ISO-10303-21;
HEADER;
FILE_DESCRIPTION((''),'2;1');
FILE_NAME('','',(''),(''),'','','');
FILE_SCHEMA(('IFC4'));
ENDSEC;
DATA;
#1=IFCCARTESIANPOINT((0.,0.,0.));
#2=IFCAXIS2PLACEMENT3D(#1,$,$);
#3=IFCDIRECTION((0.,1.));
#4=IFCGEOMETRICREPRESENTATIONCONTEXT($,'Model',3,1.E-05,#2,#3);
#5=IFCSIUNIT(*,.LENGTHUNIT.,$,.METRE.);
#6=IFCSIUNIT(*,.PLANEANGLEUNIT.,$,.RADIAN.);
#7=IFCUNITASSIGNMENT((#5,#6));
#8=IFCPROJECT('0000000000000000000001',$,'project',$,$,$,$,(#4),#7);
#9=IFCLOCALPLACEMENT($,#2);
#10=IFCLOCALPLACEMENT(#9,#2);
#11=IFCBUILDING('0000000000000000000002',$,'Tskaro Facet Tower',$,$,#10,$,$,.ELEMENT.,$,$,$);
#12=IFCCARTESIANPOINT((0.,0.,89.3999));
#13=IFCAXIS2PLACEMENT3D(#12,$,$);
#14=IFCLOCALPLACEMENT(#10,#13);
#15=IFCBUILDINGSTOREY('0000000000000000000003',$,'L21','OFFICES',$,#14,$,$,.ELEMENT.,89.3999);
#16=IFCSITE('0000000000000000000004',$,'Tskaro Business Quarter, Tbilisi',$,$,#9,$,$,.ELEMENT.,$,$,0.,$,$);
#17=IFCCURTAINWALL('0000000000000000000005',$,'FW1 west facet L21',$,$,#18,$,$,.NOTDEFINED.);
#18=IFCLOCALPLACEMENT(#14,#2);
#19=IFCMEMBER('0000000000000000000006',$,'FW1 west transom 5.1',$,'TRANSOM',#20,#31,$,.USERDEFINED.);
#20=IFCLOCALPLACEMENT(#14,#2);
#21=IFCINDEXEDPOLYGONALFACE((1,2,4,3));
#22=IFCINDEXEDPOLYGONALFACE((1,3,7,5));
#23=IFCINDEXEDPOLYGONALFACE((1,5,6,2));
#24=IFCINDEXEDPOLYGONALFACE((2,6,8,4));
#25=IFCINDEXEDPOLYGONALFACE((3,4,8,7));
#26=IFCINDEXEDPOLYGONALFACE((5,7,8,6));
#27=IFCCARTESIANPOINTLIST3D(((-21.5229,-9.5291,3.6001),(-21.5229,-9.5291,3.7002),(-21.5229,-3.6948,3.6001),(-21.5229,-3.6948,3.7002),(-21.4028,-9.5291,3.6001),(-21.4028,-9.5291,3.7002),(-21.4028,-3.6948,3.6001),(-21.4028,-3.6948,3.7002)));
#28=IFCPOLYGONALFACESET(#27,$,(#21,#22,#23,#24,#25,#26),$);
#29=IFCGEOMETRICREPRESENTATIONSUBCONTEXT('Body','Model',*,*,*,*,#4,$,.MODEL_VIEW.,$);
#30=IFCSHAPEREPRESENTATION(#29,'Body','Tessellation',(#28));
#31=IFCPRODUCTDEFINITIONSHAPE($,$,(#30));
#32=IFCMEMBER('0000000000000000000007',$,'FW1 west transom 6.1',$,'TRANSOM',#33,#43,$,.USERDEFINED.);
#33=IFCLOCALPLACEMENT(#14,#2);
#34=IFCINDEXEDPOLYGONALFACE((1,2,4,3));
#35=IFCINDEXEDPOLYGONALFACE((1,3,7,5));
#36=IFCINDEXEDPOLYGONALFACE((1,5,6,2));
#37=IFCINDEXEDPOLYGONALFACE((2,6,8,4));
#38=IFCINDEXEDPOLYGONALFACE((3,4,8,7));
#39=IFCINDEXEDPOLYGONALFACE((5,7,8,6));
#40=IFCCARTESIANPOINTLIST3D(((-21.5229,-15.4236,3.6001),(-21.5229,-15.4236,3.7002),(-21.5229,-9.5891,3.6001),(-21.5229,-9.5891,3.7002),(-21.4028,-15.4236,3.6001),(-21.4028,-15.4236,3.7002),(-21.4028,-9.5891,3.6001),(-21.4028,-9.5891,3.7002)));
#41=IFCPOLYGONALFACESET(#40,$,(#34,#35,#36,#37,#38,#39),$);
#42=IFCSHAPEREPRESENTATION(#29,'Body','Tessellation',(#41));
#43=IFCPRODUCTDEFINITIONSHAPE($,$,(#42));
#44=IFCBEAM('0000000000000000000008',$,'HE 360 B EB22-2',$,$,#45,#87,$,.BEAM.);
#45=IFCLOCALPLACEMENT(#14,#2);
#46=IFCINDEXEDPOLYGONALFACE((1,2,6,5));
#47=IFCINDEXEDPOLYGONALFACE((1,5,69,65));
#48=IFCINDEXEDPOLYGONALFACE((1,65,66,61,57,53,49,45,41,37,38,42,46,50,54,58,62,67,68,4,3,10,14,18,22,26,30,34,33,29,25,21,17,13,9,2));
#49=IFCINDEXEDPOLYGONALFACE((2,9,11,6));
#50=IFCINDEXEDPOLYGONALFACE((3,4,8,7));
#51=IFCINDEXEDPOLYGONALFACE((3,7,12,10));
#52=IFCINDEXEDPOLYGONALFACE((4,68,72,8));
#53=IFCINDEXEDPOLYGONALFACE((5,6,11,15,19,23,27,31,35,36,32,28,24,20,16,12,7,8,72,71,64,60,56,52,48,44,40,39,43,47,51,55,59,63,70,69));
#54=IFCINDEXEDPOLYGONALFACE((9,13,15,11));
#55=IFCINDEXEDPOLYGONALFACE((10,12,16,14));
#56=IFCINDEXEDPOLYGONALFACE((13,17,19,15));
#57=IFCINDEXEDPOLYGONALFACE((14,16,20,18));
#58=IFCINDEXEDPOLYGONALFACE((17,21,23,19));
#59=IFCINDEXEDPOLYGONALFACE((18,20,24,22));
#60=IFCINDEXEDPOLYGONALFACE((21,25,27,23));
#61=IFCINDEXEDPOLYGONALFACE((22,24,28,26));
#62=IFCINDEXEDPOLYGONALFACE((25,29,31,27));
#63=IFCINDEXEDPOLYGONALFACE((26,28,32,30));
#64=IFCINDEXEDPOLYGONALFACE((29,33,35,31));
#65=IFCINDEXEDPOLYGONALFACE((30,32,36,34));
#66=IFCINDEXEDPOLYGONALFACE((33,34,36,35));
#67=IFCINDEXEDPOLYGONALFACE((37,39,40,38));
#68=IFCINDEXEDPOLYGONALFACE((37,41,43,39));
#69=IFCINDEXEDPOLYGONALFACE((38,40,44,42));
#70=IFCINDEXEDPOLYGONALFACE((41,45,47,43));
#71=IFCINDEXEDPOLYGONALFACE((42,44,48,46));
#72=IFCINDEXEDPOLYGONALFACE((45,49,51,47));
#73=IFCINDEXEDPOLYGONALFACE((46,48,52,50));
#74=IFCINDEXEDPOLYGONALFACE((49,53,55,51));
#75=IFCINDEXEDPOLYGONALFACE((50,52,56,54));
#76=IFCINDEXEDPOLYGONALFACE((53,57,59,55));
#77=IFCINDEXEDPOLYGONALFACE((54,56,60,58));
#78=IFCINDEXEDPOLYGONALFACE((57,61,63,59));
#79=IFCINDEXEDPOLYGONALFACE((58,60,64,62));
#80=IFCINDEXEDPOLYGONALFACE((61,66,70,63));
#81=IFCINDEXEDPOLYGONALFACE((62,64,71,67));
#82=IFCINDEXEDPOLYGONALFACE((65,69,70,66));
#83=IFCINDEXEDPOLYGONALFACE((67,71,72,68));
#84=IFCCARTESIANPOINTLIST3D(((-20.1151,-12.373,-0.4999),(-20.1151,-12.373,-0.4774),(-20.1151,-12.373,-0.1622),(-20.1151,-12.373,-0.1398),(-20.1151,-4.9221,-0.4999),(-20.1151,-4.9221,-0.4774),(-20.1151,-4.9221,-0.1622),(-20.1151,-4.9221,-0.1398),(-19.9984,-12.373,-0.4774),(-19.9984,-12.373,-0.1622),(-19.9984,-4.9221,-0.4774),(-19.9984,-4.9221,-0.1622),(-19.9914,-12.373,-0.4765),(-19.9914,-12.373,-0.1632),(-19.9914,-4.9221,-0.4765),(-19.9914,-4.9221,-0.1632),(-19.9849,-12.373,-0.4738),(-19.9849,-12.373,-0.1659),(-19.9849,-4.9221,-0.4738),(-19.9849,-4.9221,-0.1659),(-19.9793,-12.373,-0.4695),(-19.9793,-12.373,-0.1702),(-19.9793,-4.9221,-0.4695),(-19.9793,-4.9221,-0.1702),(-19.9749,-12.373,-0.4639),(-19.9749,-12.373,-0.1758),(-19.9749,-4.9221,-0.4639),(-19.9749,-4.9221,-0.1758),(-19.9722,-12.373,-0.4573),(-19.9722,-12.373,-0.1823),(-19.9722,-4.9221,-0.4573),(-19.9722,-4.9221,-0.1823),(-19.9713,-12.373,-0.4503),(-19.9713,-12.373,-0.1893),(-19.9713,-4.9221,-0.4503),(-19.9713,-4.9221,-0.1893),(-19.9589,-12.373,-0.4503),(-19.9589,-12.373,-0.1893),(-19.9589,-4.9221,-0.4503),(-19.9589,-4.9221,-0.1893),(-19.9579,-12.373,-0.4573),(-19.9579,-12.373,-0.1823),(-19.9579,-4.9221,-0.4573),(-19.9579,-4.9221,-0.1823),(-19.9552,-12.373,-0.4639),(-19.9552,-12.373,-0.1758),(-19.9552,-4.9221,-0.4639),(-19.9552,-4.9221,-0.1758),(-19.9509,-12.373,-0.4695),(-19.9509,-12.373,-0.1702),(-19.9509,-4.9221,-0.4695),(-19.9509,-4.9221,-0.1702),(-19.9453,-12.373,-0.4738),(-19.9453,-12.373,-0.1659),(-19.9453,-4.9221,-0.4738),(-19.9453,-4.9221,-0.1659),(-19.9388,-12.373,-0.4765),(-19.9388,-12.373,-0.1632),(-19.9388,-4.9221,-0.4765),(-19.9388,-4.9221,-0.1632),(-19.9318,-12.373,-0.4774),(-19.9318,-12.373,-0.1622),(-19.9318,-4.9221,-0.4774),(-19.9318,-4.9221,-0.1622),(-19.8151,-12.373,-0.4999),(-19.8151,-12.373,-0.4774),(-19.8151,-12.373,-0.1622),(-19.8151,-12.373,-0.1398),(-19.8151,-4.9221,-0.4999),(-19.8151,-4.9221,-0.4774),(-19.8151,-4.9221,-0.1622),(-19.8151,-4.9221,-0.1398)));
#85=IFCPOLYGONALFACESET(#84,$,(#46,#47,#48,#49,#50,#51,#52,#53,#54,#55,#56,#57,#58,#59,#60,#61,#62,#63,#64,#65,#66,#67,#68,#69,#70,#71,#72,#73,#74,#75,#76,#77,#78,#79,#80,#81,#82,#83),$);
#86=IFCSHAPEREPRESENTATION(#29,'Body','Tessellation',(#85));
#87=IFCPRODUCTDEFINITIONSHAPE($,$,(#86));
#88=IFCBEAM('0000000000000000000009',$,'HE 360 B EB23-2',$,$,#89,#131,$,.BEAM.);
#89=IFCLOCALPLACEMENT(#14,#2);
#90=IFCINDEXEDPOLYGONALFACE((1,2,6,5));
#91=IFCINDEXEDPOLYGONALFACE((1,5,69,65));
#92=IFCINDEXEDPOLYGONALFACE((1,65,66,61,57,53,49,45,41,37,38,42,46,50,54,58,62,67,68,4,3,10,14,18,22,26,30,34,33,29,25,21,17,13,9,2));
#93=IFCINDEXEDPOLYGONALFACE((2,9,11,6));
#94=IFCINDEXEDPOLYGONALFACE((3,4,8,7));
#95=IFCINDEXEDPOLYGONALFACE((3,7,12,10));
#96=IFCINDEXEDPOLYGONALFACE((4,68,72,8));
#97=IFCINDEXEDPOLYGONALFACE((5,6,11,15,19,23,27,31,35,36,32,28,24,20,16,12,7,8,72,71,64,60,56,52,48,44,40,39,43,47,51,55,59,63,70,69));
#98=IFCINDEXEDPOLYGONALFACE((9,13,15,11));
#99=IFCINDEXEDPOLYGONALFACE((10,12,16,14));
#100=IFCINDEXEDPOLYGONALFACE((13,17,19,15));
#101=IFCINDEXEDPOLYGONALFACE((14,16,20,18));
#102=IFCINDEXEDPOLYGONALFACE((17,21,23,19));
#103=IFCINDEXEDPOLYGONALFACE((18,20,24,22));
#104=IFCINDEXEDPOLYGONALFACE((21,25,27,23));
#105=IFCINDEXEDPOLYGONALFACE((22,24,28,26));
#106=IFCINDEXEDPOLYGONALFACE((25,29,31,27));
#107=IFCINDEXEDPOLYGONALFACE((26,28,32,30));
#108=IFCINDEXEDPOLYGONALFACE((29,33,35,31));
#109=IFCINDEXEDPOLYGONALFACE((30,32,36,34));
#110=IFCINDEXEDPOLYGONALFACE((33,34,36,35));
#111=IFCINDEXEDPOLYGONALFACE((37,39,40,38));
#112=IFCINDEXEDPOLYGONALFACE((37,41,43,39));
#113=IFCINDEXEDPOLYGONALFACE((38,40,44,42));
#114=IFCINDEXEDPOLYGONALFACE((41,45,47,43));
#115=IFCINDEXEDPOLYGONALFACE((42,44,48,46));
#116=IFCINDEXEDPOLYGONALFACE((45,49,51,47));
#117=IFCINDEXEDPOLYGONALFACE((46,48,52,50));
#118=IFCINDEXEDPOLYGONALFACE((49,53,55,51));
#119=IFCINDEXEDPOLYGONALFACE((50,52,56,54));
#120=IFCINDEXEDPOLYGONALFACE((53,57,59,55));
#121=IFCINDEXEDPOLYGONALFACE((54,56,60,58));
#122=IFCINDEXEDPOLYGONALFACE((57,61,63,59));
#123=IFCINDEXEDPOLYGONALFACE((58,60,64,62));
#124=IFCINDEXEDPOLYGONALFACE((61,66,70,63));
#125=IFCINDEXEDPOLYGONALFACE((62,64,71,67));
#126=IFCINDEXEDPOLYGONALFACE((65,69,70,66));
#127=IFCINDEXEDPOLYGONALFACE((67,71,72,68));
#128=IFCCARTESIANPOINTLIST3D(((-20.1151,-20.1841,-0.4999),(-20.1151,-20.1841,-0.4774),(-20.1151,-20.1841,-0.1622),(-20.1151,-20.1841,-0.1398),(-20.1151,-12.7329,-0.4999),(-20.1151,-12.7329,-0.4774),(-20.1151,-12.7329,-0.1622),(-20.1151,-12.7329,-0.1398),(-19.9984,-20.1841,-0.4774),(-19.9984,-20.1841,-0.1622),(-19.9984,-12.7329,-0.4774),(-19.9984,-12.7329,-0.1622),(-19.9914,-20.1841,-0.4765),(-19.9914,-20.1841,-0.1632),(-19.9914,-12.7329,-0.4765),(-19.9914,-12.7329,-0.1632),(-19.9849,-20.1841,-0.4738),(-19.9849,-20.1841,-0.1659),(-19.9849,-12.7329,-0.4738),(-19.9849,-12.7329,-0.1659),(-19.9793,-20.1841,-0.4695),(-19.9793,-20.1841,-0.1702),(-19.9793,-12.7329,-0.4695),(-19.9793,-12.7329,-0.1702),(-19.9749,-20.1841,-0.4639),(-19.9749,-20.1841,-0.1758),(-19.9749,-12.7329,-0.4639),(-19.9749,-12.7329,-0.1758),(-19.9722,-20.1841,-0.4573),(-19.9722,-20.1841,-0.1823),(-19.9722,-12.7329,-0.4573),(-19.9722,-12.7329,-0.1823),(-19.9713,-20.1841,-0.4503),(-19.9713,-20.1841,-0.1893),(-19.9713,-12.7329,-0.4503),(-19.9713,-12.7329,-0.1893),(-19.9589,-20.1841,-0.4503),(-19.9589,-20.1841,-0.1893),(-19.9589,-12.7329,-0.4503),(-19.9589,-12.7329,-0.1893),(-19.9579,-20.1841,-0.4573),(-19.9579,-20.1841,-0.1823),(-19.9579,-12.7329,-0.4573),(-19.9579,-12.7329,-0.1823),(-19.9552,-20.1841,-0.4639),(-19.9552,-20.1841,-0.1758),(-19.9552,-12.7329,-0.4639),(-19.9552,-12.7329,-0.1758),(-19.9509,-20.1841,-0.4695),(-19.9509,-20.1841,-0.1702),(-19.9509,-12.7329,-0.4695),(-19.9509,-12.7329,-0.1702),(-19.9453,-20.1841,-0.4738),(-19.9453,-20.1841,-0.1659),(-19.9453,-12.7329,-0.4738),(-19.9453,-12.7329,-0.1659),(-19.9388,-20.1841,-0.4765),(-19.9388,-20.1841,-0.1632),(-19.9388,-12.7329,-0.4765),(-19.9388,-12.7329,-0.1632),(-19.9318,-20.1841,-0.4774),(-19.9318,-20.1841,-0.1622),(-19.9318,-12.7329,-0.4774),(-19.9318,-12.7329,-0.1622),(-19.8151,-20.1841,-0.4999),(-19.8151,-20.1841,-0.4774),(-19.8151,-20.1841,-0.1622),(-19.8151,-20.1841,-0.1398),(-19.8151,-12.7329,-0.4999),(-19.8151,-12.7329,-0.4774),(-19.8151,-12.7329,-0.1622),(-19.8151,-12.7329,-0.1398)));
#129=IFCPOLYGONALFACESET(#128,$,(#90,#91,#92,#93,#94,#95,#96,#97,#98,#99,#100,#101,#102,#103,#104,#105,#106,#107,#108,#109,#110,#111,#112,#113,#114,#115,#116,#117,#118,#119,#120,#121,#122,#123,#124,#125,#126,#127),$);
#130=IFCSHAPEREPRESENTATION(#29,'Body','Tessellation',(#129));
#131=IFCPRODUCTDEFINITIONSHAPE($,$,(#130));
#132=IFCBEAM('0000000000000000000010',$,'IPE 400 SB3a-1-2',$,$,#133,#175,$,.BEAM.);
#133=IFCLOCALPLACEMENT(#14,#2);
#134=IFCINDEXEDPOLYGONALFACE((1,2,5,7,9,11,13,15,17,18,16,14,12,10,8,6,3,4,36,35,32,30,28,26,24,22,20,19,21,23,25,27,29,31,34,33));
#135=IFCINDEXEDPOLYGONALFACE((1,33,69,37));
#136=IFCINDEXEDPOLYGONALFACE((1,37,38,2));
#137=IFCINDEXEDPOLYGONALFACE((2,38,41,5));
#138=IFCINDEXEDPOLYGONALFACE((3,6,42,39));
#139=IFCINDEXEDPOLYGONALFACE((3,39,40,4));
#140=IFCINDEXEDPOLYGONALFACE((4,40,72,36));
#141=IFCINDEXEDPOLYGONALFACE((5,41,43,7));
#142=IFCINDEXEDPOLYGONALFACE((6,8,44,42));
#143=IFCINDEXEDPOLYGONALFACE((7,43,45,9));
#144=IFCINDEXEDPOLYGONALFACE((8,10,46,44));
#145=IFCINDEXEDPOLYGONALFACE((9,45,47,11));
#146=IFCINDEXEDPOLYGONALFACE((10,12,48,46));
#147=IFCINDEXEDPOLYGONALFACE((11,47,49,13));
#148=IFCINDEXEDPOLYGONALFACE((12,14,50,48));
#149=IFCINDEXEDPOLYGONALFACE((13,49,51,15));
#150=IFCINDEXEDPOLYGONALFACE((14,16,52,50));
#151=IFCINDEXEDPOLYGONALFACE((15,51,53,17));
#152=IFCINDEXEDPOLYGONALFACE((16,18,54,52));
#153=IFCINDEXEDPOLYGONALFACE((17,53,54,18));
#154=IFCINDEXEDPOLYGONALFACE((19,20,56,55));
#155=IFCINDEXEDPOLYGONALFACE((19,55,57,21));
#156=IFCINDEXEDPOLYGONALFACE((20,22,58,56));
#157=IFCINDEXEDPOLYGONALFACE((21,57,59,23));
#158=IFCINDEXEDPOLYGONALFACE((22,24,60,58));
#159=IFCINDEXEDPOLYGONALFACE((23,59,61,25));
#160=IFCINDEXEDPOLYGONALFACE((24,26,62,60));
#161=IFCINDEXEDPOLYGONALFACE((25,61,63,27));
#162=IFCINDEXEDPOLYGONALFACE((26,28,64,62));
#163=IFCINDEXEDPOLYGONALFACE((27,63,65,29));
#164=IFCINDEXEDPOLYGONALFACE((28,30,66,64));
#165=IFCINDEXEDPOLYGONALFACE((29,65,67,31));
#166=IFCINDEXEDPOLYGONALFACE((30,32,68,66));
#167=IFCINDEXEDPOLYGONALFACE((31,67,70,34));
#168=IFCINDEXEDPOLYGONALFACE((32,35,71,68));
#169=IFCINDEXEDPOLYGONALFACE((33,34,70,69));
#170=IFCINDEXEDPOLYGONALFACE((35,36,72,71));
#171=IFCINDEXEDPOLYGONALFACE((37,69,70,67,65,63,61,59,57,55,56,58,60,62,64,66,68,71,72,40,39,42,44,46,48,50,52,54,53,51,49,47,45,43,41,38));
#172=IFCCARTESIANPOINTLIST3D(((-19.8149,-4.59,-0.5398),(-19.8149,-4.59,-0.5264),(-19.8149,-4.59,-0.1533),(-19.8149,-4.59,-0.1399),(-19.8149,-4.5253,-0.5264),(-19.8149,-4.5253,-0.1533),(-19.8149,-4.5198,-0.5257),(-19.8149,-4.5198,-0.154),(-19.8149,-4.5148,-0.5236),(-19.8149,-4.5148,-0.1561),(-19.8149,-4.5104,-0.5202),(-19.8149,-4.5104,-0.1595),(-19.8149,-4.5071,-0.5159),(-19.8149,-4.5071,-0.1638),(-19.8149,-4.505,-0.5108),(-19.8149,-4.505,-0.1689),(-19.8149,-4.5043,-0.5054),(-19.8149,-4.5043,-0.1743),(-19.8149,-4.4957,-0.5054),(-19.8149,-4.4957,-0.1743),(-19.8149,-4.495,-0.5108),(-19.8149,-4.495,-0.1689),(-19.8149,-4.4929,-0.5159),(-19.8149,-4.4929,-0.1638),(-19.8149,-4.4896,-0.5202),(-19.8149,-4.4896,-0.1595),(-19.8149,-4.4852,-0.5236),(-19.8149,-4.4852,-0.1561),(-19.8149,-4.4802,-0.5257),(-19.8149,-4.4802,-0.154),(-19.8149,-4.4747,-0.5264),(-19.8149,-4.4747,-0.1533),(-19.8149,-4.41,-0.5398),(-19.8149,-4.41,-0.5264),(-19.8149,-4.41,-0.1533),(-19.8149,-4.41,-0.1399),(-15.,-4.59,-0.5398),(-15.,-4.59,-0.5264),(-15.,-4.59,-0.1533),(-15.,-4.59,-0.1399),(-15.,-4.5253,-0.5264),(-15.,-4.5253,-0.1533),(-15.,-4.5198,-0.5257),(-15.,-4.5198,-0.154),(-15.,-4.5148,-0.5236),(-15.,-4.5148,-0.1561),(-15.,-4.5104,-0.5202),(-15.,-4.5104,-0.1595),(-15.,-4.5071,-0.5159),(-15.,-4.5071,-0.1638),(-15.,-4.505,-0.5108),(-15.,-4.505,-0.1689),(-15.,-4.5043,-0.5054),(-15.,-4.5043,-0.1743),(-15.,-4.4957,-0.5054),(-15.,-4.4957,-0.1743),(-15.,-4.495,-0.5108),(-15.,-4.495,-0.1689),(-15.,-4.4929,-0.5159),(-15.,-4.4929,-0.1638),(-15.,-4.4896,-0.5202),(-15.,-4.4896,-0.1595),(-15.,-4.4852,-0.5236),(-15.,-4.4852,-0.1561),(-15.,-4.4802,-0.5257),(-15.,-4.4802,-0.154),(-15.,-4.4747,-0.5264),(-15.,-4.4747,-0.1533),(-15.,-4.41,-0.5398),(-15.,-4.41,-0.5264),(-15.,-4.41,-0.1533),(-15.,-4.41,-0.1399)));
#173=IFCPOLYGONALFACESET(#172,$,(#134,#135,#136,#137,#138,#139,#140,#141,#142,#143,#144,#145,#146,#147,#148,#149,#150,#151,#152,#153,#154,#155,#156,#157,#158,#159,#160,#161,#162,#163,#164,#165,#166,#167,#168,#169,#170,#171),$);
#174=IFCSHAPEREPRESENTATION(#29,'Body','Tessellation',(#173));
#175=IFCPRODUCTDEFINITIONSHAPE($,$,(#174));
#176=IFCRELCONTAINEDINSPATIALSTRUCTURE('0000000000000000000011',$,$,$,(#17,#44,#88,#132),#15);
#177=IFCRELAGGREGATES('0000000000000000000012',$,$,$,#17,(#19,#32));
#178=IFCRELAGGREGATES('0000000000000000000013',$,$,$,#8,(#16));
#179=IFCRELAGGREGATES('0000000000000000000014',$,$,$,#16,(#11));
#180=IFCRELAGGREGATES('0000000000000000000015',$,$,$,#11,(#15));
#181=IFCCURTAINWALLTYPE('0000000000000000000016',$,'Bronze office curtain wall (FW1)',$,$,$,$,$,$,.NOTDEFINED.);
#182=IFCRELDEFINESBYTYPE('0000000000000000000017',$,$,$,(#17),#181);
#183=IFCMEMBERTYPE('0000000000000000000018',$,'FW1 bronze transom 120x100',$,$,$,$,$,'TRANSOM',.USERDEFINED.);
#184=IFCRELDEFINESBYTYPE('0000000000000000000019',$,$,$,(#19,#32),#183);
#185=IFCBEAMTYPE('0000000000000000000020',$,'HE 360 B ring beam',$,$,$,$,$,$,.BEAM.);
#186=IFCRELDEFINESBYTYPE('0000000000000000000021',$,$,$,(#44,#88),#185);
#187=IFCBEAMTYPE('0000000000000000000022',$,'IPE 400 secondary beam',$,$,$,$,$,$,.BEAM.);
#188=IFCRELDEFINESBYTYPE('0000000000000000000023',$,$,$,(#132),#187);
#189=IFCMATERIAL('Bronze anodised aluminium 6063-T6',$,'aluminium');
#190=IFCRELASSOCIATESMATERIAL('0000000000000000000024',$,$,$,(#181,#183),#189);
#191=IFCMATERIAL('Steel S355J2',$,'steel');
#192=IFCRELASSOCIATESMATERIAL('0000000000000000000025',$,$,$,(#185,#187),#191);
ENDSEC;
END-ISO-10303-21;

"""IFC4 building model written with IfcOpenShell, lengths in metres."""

from ifc_helpers import new_model, si_unit, direction, frame, origin, origin_2d, place, context, subcontext, project, spatial, rectangle, i_section, extrude, material, material_profile, profile_set, type_object, element, aggregate, save


model = new_model("IFC4")

# Units and contexts
model_context = context("Model", 3, precision=1e-05, world=origin(), true_north=direction((0.0, 1.0)))
body_context = subcontext(model_context, "Body", "Model", "MODEL_VIEW")
ifc_project = project(units=[si_unit("LENGTHUNIT", "METRE"), si_unit("PLANEANGLEUNIT", "RADIAN")], contexts=[model_context])

# Site, building, storey
site_placement = place(None, origin())
site = spatial("IfcSite", under=ifc_project, at=site_placement, Name="Tskaro Business Quarter, Tbilisi", CompositionType="ELEMENT", RefElevation=0.0)
building_placement = place(site_placement, origin())
building = spatial("IfcBuilding", under=site, at=building_placement, Name="Tskaro Facet Tower", CompositionType="ELEMENT")
storey_placement = place(building_placement, frame((0.0, 0.0, 89.3999)))
storey = spatial("IfcBuildingStorey", under=building, at=storey_placement, Name="L21", Description="OFFICES", CompositionType="ELEMENT", Elevation=89.3999)

# Curtain wall, members
ifc_material_1 = material(Name="Bronze anodised aluminium 6063-T6", Category="aluminium")
curtain_wall_type = type_object("IfcCurtainWallType", Name="Bronze office curtain wall (FW1)", PredefinedType="NOTDEFINED", material=ifc_material_1)
curtain_wall_placement = place(storey_placement, origin())
curtain_wall = element("IfcCurtainWall", 1, at=curtain_wall_placement, inside=storey, type_object=curtain_wall_type, Name="FW1 west facet L21", PredefinedType="NOTDEFINED")
ifc_material_profile_1 = material_profile(ifc_material_1, rectangle(XDim=0.1201, YDim=0.1001, at=origin_2d()), Name="Transom 120x100")
ifc_profile_set_1 = profile_set([ifc_material_profile_1], Name="Bronze anodised aluminium 6063-T6")
member_type_1 = type_object("IfcMemberType", Name="FW1 bronze transom 120x100", ElementType="TRANSOM", PredefinedType="USERDEFINED", material=ifc_profile_set_1)
member_1_placement = place(storey_placement, frame((-21.4629, -3.6948, 3.6501), z_axis=(0.0, -1.0, 0.0), x_axis=(1.0, 0.0, 0.0)))
member_1 = element("IfcMember", 2, at=member_1_placement, type_object=member_type_1, Name="FW1 west transom 5.1", ObjectType="TRANSOM", PredefinedType="USERDEFINED", context=body_context, shape_type="SweptSolid", body=[
    extrude(rectangle(XDim=0.1201, YDim=0.1001, at=origin_2d()), origin(), (0.0, 0.0, 1.0), 5.8342),
])
member_2_placement = place(storey_placement, frame((-21.4629, -9.5891, 3.6501), z_axis=(0.0, -1.0, 0.0), x_axis=(1.0, 0.0, 0.0)))
member_2 = element("IfcMember", 3, at=member_2_placement, type_object=member_type_1, Name="FW1 west transom 6.1", ObjectType="TRANSOM", PredefinedType="USERDEFINED", context=body_context, shape_type="SweptSolid", body=[
    extrude(rectangle(XDim=0.1201, YDim=0.1001, at=origin_2d()), origin(), (0.0, 0.0, 1.0), 5.8345),
])

# Beams
ifc_material_2 = material(Name="Steel S355J2", Category="steel")
ifc_material_profile_2 = material_profile(ifc_material_2, i_section(OverallWidth=0.3, OverallDepth=0.3601, WebThickness=0.0125, FlangeThickness=0.0225, FilletRadius=0.0271, at=origin_2d()), Name="HE 360 B")
ifc_profile_set_2 = profile_set([ifc_material_profile_2], Name="Steel S355J2")
beam_type_1 = type_object("IfcBeamType", Name="HE 360 B ring beam", PredefinedType="BEAM", material=ifc_profile_set_2)
beam_1_placement = place(storey_placement, frame((-19.9651, -4.9221, -0.3198), z_axis=(0.0, -1.0, 0.0), x_axis=(1.0, 0.0, 0.0)))
element("IfcBeam", 4, at=beam_1_placement, inside=storey, type_object=beam_type_1, Name="HE 360 B EB22-2", PredefinedType="BEAM", context=body_context, shape_type="SweptSolid", body=[
    extrude(i_section(OverallWidth=0.3, OverallDepth=0.3601, WebThickness=0.0125, FlangeThickness=0.0225, FilletRadius=0.0271, at=origin_2d()), origin(), (0.0, 0.0, 1.0), 7.4509),
])
beam_2_placement = place(storey_placement, frame((-19.9651, -12.7329, -0.3198), z_axis=(0.0, -1.0, 0.0), x_axis=(1.0, 0.0, 0.0)))
element("IfcBeam", 5, at=beam_2_placement, inside=storey, type_object=beam_type_1, Name="HE 360 B EB23-2", PredefinedType="BEAM", context=body_context, shape_type="SweptSolid", body=[
    extrude(i_section(OverallWidth=0.3, OverallDepth=0.3601, WebThickness=0.0125, FlangeThickness=0.0225, FilletRadius=0.0271, at=origin_2d()), origin(), (0.0, 0.0, 1.0), 7.4512),
])
ifc_material_profile_3 = material_profile(ifc_material_2, i_section(OverallWidth=0.1799, OverallDepth=0.3999, WebThickness=0.0085, FlangeThickness=0.0134, FilletRadius=0.021, at=origin_2d()), Name="IPE 400")
ifc_profile_set_3 = profile_set([ifc_material_profile_3], Name="Steel S355J2")
beam_type_2 = type_object("IfcBeamType", Name="IPE 400 secondary beam", PredefinedType="BEAM", material=ifc_profile_set_3)
beam_3_placement = place(storey_placement, frame((-19.8149, -4.5, -0.3398), z_axis=(1.0, 0.0, 0.0), x_axis=(0.0, 1.0, 0.0)))
element("IfcBeam", 6, at=beam_3_placement, inside=storey, type_object=beam_type_2, Name="IPE 400 SB3a-1-2", PredefinedType="BEAM", context=body_context, shape_type="SweptSolid", body=[
    extrude(i_section(OverallWidth=0.1799, OverallDepth=0.3999, WebThickness=0.0085, FlangeThickness=0.0134, FilletRadius=0.021, at=origin_2d()), origin(), (0.0, 0.0, 1.0), 4.8149),
])

aggregate(curtain_wall, [member_1, member_2])

save(model, "model.ifc")
